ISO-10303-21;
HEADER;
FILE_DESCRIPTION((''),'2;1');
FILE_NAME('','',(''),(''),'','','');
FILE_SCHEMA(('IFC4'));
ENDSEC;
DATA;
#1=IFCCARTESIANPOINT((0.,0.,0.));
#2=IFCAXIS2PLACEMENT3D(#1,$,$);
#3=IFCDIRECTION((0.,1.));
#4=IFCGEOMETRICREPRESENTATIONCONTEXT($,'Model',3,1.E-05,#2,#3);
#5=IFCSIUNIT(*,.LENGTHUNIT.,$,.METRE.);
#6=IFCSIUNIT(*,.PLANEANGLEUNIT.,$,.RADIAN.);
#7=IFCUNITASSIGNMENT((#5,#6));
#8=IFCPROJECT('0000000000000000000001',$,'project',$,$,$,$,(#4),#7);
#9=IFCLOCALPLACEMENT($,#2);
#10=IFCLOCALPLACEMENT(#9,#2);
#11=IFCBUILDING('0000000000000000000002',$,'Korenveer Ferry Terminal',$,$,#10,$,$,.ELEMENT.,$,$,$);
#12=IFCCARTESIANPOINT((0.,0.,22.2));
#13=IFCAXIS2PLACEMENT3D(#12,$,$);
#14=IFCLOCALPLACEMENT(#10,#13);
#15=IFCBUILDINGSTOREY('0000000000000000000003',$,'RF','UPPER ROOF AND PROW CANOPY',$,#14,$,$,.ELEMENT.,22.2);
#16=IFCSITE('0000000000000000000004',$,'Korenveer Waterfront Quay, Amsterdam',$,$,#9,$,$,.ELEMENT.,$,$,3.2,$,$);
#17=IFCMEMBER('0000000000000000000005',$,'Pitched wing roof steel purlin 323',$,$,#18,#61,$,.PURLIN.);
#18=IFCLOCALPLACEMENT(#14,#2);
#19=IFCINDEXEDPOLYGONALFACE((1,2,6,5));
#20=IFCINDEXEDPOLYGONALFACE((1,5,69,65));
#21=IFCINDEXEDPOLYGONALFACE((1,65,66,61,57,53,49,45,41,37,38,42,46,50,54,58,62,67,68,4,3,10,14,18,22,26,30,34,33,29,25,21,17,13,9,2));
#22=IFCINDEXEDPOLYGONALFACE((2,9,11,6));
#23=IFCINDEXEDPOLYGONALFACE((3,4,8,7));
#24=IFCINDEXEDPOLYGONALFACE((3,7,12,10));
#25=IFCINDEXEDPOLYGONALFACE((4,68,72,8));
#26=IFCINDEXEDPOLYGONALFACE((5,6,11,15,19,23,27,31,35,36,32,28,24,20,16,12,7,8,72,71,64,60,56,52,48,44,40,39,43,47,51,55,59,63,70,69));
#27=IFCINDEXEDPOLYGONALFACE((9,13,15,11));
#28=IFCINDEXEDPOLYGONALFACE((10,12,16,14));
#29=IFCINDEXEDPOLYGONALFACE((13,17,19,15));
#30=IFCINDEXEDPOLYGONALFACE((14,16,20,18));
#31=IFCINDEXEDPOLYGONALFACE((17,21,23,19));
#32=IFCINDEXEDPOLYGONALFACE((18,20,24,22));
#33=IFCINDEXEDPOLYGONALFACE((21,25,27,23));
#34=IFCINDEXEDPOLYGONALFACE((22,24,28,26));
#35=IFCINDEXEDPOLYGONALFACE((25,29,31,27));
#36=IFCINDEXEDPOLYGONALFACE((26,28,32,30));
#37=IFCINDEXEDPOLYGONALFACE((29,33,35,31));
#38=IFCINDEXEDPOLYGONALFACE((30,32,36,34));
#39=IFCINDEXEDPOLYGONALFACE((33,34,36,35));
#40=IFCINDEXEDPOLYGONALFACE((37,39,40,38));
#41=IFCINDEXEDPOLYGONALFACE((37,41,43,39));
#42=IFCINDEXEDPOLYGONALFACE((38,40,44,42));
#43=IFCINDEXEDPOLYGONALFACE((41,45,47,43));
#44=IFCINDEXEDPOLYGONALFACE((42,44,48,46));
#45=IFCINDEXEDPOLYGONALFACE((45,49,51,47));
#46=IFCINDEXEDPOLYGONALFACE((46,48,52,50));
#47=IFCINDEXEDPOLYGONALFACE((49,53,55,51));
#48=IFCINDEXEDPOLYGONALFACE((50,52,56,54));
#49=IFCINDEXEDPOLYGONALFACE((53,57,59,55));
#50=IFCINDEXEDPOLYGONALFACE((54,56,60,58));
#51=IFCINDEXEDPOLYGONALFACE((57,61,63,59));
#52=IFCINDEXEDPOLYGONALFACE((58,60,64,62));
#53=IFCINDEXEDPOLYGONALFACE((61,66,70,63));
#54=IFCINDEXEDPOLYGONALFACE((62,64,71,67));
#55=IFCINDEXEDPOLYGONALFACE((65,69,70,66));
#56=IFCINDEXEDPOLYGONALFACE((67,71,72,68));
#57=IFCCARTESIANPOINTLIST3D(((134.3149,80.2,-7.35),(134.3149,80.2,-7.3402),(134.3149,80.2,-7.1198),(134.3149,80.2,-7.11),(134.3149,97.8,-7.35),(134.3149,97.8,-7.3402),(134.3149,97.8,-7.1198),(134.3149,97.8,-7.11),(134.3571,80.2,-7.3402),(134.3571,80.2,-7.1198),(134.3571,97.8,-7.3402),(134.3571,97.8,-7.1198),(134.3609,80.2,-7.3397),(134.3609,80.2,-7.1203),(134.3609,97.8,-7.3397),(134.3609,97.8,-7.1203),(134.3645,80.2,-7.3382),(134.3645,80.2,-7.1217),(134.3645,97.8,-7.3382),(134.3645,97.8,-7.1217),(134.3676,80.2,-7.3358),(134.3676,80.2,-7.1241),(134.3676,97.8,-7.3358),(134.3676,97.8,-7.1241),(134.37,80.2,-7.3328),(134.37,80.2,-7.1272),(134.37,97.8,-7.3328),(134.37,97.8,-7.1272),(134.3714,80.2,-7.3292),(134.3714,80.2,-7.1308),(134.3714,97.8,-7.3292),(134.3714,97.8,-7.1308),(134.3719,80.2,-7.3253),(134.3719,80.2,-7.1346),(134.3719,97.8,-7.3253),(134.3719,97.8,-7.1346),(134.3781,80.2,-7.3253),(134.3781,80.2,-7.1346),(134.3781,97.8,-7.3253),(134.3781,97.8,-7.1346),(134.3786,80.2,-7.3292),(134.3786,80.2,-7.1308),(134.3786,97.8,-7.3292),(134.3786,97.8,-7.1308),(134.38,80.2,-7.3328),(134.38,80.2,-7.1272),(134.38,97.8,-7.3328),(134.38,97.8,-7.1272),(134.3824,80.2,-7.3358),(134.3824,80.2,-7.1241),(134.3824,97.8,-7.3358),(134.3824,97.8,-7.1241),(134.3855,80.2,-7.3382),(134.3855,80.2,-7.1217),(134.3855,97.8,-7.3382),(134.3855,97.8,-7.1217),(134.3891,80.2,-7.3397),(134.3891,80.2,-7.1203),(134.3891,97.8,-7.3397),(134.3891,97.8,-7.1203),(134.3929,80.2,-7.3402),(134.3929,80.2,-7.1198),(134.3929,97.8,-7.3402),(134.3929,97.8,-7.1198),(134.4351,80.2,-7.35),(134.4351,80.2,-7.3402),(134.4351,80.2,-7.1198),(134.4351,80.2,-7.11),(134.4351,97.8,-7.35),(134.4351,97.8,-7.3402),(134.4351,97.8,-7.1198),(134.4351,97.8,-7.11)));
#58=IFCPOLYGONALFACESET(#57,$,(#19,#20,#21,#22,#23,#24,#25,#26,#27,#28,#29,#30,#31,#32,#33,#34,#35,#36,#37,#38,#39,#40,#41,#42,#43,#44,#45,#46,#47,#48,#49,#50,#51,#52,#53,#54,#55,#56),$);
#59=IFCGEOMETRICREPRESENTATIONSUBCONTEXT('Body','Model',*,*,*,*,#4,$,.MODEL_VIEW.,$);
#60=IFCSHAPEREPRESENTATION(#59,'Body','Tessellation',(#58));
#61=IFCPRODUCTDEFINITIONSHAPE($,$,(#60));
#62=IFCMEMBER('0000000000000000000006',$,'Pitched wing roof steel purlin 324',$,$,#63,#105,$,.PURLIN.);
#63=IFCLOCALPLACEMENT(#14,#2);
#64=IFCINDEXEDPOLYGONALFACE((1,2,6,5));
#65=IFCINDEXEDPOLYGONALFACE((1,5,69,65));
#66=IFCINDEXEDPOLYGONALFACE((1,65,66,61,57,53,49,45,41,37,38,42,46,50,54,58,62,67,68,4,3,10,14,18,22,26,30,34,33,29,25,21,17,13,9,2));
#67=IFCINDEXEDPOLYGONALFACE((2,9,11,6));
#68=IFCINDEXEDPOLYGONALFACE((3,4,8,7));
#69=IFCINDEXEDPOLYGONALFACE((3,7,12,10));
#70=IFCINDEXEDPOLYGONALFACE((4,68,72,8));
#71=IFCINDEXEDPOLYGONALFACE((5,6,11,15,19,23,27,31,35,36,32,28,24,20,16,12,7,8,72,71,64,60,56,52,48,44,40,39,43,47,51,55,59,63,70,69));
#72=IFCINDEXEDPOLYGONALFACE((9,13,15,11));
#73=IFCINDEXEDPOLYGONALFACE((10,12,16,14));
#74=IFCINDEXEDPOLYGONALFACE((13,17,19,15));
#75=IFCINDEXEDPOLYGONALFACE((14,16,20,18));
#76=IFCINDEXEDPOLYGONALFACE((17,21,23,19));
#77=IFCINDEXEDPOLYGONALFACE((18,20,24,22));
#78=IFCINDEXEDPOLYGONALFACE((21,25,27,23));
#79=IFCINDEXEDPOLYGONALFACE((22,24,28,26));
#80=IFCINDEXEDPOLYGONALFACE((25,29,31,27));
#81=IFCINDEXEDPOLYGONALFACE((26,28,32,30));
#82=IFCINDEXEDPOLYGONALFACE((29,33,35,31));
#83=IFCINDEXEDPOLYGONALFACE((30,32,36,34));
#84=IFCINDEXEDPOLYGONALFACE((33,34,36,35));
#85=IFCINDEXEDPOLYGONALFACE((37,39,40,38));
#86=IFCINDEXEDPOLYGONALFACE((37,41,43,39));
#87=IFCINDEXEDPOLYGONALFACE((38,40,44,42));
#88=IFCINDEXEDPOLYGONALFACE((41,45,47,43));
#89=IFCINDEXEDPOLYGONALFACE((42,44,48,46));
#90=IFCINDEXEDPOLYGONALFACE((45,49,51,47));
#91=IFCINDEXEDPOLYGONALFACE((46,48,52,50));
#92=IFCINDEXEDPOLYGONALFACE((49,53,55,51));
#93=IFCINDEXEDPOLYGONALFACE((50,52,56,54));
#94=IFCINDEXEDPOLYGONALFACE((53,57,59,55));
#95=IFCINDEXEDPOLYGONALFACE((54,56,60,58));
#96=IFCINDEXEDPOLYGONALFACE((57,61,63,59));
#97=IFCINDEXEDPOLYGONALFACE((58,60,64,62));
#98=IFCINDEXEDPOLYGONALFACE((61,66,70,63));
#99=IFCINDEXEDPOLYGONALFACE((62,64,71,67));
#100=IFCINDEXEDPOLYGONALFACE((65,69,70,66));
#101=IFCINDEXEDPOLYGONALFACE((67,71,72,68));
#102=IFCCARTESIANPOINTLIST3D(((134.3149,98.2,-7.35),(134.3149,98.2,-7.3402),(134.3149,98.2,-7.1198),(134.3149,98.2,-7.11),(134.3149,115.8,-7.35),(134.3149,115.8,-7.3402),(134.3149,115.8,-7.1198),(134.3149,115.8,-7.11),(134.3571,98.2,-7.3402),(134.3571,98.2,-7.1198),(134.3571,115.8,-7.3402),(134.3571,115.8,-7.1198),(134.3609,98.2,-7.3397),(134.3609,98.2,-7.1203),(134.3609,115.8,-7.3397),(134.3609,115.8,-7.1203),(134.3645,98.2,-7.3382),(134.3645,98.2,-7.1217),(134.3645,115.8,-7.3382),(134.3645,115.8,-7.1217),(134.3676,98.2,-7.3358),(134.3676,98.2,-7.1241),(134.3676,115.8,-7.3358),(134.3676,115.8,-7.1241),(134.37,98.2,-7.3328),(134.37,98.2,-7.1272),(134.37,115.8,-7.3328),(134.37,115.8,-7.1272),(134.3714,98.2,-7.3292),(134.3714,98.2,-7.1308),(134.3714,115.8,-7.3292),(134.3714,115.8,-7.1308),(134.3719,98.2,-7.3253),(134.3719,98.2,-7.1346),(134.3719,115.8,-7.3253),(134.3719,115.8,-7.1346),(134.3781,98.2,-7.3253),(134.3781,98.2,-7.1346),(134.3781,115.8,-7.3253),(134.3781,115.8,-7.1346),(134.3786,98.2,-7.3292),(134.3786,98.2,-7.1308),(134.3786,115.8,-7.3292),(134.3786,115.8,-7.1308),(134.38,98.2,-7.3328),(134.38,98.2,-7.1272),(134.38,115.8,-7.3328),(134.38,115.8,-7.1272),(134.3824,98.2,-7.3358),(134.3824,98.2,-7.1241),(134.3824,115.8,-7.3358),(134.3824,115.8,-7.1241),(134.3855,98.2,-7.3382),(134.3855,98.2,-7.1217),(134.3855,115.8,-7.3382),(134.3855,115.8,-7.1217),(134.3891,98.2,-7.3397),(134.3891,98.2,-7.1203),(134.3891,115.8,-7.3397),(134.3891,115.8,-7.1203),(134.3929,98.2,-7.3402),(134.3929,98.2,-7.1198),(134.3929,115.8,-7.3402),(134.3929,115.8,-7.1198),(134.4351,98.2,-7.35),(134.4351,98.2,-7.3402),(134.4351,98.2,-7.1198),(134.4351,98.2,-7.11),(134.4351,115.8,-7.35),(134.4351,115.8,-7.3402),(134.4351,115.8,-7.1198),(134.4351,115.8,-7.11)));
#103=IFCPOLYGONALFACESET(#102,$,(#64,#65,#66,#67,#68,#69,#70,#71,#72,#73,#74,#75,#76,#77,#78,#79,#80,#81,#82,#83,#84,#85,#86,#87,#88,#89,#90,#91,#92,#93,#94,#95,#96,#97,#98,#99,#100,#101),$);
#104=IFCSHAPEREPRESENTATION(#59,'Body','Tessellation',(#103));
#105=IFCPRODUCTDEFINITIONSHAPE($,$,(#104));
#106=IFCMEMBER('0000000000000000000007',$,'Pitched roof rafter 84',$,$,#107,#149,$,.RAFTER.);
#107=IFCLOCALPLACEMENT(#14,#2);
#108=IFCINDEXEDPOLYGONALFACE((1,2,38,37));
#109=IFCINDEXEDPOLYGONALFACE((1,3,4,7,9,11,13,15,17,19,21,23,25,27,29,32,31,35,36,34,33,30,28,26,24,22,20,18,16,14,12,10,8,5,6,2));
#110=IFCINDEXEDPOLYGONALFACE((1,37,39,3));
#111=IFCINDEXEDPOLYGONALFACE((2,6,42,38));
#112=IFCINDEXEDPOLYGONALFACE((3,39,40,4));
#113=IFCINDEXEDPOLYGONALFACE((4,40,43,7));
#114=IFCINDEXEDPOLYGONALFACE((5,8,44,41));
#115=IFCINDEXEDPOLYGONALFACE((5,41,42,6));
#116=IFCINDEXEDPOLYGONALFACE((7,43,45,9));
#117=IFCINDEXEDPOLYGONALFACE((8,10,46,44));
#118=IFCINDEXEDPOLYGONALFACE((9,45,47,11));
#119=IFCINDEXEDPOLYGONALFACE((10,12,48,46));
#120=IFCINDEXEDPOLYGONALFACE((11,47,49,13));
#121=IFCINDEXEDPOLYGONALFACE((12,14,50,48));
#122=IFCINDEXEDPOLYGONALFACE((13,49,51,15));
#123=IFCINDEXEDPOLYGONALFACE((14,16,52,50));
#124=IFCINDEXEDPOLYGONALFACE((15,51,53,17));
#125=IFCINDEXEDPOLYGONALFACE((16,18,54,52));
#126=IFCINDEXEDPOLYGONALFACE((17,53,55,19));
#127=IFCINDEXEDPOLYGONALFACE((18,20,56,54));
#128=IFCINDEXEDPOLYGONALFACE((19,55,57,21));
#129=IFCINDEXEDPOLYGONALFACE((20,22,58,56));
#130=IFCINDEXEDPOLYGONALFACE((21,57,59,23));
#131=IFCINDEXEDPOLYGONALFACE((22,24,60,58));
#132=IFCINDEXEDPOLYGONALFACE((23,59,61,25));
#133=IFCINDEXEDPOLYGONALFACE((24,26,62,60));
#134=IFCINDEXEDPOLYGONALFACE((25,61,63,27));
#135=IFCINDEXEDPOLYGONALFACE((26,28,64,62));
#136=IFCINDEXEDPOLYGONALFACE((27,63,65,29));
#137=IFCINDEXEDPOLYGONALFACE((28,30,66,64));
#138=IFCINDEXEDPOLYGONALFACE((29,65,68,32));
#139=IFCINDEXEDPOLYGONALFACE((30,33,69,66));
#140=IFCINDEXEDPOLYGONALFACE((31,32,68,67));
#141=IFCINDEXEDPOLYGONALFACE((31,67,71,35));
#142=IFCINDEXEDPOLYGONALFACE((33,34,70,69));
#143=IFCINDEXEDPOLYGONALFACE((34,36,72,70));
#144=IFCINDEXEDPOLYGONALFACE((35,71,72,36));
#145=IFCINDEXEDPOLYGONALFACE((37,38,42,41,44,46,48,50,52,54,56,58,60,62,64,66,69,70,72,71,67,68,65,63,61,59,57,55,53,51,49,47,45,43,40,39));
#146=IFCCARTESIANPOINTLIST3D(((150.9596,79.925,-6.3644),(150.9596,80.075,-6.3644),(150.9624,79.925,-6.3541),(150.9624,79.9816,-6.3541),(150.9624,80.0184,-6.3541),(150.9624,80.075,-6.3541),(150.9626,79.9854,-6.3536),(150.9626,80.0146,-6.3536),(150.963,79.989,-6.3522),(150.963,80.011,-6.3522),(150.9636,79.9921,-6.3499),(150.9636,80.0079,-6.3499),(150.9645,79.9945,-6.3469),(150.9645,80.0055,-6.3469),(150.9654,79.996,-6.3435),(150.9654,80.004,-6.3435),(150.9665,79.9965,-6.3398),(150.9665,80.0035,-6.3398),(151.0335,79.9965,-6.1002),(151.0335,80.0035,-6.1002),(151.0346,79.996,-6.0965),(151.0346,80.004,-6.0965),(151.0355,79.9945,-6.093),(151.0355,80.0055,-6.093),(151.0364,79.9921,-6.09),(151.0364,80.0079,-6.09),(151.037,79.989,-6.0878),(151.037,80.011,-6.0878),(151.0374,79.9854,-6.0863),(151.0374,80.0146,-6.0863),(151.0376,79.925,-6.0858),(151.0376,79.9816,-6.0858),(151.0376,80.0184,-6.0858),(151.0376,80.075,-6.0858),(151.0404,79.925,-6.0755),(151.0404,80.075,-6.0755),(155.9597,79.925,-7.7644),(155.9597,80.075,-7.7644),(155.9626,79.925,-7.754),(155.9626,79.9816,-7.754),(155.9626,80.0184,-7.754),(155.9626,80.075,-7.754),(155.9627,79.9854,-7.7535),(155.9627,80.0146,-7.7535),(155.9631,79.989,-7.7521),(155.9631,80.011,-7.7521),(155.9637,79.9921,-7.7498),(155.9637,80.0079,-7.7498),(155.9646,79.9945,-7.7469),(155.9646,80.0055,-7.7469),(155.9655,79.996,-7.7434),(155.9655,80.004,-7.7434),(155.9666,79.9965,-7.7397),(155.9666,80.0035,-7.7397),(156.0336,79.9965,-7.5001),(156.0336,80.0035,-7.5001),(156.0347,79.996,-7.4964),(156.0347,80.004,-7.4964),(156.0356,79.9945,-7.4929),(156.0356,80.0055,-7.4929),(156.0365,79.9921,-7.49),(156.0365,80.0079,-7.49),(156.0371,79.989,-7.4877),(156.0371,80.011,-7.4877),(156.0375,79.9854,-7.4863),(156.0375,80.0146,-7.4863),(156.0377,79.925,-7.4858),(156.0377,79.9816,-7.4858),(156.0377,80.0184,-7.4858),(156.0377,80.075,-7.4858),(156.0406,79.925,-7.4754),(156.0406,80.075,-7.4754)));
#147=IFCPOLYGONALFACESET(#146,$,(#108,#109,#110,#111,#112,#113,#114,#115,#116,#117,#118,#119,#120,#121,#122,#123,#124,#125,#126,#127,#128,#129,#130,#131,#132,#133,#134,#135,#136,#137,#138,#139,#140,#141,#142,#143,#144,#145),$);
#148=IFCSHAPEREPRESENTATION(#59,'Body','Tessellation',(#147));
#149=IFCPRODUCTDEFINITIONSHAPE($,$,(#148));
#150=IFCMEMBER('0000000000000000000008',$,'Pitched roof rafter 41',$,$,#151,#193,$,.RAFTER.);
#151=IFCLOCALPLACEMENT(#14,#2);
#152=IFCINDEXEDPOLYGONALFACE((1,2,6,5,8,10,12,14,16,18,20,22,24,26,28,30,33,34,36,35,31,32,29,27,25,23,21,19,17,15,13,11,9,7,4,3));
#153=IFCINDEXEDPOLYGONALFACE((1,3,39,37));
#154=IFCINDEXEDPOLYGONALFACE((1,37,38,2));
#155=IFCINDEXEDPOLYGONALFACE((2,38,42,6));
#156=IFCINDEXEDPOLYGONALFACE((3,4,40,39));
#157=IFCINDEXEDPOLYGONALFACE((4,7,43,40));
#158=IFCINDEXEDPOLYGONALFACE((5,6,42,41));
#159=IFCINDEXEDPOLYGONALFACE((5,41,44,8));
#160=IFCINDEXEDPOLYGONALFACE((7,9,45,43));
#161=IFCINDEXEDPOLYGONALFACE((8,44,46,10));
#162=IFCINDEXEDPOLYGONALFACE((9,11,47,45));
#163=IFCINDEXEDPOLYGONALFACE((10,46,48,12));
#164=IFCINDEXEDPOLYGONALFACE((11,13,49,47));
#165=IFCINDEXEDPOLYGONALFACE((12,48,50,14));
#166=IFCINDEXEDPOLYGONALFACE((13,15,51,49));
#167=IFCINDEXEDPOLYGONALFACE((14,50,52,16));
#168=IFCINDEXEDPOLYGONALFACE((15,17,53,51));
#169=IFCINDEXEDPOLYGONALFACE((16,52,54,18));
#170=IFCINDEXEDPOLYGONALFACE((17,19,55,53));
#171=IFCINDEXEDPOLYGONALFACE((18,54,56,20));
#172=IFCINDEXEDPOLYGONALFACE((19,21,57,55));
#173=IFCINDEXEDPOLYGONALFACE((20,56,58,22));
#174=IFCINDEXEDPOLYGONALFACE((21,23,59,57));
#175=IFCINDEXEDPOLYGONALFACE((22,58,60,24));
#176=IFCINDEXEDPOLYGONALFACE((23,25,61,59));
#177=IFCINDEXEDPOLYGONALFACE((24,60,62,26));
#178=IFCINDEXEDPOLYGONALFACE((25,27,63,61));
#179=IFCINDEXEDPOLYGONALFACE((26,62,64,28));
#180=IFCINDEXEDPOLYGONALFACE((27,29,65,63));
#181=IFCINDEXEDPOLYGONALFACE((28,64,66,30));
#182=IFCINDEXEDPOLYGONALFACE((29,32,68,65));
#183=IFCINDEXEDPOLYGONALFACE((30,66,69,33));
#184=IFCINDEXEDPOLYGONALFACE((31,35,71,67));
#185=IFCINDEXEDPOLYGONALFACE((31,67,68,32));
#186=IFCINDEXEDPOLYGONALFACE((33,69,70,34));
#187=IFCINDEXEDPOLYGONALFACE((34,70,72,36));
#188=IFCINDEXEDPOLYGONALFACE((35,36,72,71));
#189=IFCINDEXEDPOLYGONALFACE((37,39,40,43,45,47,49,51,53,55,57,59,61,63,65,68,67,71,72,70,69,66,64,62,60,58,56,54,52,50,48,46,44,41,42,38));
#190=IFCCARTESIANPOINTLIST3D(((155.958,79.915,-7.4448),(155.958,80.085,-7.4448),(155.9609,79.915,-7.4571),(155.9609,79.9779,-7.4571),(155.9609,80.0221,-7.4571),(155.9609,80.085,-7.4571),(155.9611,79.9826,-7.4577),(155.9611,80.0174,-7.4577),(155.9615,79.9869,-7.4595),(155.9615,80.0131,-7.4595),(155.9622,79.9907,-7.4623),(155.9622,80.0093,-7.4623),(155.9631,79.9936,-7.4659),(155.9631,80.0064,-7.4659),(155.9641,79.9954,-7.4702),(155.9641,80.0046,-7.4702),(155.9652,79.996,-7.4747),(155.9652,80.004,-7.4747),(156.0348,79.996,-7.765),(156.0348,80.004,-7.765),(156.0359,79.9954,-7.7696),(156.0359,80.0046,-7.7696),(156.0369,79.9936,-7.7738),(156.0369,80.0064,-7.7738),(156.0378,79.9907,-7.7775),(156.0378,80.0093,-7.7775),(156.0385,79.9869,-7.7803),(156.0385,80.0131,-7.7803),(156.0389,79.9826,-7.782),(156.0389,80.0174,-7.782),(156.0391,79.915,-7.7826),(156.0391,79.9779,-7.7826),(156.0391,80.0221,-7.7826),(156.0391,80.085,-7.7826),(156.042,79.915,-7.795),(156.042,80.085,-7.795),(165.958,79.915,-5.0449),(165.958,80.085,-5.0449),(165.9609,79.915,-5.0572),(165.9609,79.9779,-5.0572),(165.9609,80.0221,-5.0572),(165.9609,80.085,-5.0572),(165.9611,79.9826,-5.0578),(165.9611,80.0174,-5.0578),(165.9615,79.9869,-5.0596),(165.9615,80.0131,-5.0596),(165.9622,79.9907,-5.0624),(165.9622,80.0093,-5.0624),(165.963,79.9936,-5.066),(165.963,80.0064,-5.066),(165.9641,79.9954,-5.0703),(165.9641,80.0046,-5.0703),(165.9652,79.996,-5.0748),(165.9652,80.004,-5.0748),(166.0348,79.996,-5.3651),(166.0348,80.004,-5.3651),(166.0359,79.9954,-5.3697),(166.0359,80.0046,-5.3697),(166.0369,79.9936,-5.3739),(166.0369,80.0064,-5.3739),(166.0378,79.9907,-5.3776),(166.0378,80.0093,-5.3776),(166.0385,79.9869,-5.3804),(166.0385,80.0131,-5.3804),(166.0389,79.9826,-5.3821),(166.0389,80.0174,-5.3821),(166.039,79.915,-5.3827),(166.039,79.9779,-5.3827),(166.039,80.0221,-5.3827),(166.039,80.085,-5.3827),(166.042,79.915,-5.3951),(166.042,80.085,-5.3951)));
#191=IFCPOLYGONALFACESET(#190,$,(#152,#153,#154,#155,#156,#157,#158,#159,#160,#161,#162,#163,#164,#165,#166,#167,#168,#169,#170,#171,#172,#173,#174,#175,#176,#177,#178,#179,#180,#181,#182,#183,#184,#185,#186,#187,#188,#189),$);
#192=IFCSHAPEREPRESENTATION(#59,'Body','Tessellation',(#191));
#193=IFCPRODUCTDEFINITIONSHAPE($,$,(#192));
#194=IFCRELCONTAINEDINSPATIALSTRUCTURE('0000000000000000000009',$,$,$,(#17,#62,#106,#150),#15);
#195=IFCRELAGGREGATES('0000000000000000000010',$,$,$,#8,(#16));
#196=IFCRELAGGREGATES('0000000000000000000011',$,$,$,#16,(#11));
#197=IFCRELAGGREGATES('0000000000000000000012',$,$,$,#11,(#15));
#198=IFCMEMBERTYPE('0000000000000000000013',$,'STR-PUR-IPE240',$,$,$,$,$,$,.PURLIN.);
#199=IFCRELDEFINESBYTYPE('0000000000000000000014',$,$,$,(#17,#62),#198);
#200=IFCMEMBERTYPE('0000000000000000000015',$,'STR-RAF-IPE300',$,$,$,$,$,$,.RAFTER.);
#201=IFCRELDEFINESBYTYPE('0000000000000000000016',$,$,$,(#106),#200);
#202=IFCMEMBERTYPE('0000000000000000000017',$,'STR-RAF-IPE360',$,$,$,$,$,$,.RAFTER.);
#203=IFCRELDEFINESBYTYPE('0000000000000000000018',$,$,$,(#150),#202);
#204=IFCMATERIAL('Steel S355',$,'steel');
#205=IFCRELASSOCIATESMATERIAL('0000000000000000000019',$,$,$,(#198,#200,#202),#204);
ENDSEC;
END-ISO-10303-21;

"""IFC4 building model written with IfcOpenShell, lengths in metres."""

from ifc_helpers import new_model, si_unit, direction, frame, origin, origin_2d, place, context, subcontext, project, spatial, i_section, extrude, material, material_profile, profile_set, type_object, element, save


model = new_model("IFC4")

# Units and contexts
model_context = context("Model", 3, precision=1e-05, world=origin(), true_north=direction((0.0, 1.0)))
body_context = subcontext(model_context, "Body", "Model", "MODEL_VIEW")
ifc_project = project(units=[si_unit("LENGTHUNIT", "METRE"), si_unit("PLANEANGLEUNIT", "RADIAN")], contexts=[model_context])

# Site, building, storey
site_placement = place(None, origin())
site = spatial("IfcSite", under=ifc_project, at=site_placement, Name="Korenveer Waterfront Quay, Amsterdam", CompositionType="ELEMENT", RefElevation=3.2)
building_placement = place(site_placement, origin())
building = spatial("IfcBuilding", under=site, at=building_placement, Name="Korenveer Ferry Terminal", CompositionType="ELEMENT")
storey_placement = place(building_placement, frame((0.0, 0.0, 22.2)))
storey = spatial("IfcBuildingStorey", under=building, at=storey_placement, Name="RF", Description="UPPER ROOF AND PROW CANOPY", CompositionType="ELEMENT", Elevation=22.2)

# Shared definitions
ifc_material_1 = material(Name="Steel S355", Category="steel")

# Members
ifc_material_profile_1 = material_profile(ifc_material_1, i_section(OverallWidth=0.1201, OverallDepth=0.24, WebThickness=0.0061, FlangeThickness=0.0098, FilletRadius=0.0149, at=origin_2d()), Name="IPE 240")
ifc_profile_set_1 = profile_set([ifc_material_profile_1], Name="Steel S355")
member_type_1 = type_object("IfcMemberType", Name="STR-PUR-IPE240", PredefinedType="PURLIN", material=ifc_profile_set_1)
for number, where, z_axis, x_axis, name in (
    (1, (134.375, 80.2, -7.23), (0.0, 1.0, 0.0), (-1.0, 0.0, 0.0), "Pitched wing roof steel purlin 323"),
    (2, (134.375, 98.2, -7.23), (0.0, 1.0, 0.0), (-1.0, 0.0, 0.0), "Pitched wing roof steel purlin 324"),
):
    element("IfcMember", number, at=place(storey_placement, frame(where, z_axis=z_axis, x_axis=x_axis)), inside=storey, type_object=member_type_1, Name=name, PredefinedType="PURLIN", context=body_context, shape_type="SweptSolid", body=[
        extrude(i_section(OverallWidth=0.1201, OverallDepth=0.24, WebThickness=0.0061, FlangeThickness=0.0098, FilletRadius=0.0149, at=origin_2d()), origin(), (0.0, 0.0, 1.0), 17.6001),
    ])
ifc_material_profile_2 = material_profile(ifc_material_1, i_section(OverallWidth=0.1499, OverallDepth=0.3, WebThickness=0.0071, FlangeThickness=0.0107, FilletRadius=0.0149, at=origin_2d()), Name="IPE 300")
ifc_profile_set_2 = profile_set([ifc_material_profile_2], Name="Steel S355")
member_type_2 = type_object("IfcMemberType", Name="STR-RAF-IPE300", PredefinedType="RAFTER", material=ifc_profile_set_2)
member_1_placement = place(storey_placement, frame((151.0, 80.0, -6.22), z_axis=(0.962969, 0.0, -0.269612), x_axis=(0.0, 1.0, 0.0)))
element("IfcMember", 3, at=member_1_placement, inside=storey, type_object=member_type_2, Name="Pitched roof rafter 84", PredefinedType="RAFTER", context=body_context, shape_type="SweptSolid", body=[
    extrude(i_section(OverallWidth=0.1499, OverallDepth=0.3, WebThickness=0.0071, FlangeThickness=0.0107, FilletRadius=0.0149, at=origin_2d()), origin(), (0.0, 0.0, 1.0), 5.1924),
])
ifc_material_profile_3 = material_profile(ifc_material_1, i_section(OverallWidth=0.1699, OverallDepth=0.3601, WebThickness=0.0081, FlangeThickness=0.0127, FilletRadius=0.0181, at=origin_2d()), Name="IPE 360")
ifc_profile_set_3 = profile_set([ifc_material_profile_3], Name="Steel S355")
member_type_3 = type_object("IfcMemberType", Name="STR-RAF-IPE360", PredefinedType="RAFTER", material=ifc_profile_set_3)
for number, where, z_axis, x_axis, name in (
    (4, (156.0, 80.0, -7.6199), (0.972389, 0.0, 0.233364), (0.0, 1.0, 0.0), "Pitched roof rafter 41"),
):
    element("IfcMember", number, at=place(storey_placement, frame(where, z_axis=z_axis, x_axis=x_axis)), inside=storey, type_object=member_type_3, Name=name, PredefinedType="RAFTER", context=body_context, shape_type="SweptSolid", body=[
        extrude(i_section(OverallWidth=0.1699, OverallDepth=0.3601, WebThickness=0.0081, FlangeThickness=0.0127, FilletRadius=0.0181, at=origin_2d()), origin(), (0.0, 0.0, 1.0), 10.2839),
    ])

save(model, "model.ifc")
